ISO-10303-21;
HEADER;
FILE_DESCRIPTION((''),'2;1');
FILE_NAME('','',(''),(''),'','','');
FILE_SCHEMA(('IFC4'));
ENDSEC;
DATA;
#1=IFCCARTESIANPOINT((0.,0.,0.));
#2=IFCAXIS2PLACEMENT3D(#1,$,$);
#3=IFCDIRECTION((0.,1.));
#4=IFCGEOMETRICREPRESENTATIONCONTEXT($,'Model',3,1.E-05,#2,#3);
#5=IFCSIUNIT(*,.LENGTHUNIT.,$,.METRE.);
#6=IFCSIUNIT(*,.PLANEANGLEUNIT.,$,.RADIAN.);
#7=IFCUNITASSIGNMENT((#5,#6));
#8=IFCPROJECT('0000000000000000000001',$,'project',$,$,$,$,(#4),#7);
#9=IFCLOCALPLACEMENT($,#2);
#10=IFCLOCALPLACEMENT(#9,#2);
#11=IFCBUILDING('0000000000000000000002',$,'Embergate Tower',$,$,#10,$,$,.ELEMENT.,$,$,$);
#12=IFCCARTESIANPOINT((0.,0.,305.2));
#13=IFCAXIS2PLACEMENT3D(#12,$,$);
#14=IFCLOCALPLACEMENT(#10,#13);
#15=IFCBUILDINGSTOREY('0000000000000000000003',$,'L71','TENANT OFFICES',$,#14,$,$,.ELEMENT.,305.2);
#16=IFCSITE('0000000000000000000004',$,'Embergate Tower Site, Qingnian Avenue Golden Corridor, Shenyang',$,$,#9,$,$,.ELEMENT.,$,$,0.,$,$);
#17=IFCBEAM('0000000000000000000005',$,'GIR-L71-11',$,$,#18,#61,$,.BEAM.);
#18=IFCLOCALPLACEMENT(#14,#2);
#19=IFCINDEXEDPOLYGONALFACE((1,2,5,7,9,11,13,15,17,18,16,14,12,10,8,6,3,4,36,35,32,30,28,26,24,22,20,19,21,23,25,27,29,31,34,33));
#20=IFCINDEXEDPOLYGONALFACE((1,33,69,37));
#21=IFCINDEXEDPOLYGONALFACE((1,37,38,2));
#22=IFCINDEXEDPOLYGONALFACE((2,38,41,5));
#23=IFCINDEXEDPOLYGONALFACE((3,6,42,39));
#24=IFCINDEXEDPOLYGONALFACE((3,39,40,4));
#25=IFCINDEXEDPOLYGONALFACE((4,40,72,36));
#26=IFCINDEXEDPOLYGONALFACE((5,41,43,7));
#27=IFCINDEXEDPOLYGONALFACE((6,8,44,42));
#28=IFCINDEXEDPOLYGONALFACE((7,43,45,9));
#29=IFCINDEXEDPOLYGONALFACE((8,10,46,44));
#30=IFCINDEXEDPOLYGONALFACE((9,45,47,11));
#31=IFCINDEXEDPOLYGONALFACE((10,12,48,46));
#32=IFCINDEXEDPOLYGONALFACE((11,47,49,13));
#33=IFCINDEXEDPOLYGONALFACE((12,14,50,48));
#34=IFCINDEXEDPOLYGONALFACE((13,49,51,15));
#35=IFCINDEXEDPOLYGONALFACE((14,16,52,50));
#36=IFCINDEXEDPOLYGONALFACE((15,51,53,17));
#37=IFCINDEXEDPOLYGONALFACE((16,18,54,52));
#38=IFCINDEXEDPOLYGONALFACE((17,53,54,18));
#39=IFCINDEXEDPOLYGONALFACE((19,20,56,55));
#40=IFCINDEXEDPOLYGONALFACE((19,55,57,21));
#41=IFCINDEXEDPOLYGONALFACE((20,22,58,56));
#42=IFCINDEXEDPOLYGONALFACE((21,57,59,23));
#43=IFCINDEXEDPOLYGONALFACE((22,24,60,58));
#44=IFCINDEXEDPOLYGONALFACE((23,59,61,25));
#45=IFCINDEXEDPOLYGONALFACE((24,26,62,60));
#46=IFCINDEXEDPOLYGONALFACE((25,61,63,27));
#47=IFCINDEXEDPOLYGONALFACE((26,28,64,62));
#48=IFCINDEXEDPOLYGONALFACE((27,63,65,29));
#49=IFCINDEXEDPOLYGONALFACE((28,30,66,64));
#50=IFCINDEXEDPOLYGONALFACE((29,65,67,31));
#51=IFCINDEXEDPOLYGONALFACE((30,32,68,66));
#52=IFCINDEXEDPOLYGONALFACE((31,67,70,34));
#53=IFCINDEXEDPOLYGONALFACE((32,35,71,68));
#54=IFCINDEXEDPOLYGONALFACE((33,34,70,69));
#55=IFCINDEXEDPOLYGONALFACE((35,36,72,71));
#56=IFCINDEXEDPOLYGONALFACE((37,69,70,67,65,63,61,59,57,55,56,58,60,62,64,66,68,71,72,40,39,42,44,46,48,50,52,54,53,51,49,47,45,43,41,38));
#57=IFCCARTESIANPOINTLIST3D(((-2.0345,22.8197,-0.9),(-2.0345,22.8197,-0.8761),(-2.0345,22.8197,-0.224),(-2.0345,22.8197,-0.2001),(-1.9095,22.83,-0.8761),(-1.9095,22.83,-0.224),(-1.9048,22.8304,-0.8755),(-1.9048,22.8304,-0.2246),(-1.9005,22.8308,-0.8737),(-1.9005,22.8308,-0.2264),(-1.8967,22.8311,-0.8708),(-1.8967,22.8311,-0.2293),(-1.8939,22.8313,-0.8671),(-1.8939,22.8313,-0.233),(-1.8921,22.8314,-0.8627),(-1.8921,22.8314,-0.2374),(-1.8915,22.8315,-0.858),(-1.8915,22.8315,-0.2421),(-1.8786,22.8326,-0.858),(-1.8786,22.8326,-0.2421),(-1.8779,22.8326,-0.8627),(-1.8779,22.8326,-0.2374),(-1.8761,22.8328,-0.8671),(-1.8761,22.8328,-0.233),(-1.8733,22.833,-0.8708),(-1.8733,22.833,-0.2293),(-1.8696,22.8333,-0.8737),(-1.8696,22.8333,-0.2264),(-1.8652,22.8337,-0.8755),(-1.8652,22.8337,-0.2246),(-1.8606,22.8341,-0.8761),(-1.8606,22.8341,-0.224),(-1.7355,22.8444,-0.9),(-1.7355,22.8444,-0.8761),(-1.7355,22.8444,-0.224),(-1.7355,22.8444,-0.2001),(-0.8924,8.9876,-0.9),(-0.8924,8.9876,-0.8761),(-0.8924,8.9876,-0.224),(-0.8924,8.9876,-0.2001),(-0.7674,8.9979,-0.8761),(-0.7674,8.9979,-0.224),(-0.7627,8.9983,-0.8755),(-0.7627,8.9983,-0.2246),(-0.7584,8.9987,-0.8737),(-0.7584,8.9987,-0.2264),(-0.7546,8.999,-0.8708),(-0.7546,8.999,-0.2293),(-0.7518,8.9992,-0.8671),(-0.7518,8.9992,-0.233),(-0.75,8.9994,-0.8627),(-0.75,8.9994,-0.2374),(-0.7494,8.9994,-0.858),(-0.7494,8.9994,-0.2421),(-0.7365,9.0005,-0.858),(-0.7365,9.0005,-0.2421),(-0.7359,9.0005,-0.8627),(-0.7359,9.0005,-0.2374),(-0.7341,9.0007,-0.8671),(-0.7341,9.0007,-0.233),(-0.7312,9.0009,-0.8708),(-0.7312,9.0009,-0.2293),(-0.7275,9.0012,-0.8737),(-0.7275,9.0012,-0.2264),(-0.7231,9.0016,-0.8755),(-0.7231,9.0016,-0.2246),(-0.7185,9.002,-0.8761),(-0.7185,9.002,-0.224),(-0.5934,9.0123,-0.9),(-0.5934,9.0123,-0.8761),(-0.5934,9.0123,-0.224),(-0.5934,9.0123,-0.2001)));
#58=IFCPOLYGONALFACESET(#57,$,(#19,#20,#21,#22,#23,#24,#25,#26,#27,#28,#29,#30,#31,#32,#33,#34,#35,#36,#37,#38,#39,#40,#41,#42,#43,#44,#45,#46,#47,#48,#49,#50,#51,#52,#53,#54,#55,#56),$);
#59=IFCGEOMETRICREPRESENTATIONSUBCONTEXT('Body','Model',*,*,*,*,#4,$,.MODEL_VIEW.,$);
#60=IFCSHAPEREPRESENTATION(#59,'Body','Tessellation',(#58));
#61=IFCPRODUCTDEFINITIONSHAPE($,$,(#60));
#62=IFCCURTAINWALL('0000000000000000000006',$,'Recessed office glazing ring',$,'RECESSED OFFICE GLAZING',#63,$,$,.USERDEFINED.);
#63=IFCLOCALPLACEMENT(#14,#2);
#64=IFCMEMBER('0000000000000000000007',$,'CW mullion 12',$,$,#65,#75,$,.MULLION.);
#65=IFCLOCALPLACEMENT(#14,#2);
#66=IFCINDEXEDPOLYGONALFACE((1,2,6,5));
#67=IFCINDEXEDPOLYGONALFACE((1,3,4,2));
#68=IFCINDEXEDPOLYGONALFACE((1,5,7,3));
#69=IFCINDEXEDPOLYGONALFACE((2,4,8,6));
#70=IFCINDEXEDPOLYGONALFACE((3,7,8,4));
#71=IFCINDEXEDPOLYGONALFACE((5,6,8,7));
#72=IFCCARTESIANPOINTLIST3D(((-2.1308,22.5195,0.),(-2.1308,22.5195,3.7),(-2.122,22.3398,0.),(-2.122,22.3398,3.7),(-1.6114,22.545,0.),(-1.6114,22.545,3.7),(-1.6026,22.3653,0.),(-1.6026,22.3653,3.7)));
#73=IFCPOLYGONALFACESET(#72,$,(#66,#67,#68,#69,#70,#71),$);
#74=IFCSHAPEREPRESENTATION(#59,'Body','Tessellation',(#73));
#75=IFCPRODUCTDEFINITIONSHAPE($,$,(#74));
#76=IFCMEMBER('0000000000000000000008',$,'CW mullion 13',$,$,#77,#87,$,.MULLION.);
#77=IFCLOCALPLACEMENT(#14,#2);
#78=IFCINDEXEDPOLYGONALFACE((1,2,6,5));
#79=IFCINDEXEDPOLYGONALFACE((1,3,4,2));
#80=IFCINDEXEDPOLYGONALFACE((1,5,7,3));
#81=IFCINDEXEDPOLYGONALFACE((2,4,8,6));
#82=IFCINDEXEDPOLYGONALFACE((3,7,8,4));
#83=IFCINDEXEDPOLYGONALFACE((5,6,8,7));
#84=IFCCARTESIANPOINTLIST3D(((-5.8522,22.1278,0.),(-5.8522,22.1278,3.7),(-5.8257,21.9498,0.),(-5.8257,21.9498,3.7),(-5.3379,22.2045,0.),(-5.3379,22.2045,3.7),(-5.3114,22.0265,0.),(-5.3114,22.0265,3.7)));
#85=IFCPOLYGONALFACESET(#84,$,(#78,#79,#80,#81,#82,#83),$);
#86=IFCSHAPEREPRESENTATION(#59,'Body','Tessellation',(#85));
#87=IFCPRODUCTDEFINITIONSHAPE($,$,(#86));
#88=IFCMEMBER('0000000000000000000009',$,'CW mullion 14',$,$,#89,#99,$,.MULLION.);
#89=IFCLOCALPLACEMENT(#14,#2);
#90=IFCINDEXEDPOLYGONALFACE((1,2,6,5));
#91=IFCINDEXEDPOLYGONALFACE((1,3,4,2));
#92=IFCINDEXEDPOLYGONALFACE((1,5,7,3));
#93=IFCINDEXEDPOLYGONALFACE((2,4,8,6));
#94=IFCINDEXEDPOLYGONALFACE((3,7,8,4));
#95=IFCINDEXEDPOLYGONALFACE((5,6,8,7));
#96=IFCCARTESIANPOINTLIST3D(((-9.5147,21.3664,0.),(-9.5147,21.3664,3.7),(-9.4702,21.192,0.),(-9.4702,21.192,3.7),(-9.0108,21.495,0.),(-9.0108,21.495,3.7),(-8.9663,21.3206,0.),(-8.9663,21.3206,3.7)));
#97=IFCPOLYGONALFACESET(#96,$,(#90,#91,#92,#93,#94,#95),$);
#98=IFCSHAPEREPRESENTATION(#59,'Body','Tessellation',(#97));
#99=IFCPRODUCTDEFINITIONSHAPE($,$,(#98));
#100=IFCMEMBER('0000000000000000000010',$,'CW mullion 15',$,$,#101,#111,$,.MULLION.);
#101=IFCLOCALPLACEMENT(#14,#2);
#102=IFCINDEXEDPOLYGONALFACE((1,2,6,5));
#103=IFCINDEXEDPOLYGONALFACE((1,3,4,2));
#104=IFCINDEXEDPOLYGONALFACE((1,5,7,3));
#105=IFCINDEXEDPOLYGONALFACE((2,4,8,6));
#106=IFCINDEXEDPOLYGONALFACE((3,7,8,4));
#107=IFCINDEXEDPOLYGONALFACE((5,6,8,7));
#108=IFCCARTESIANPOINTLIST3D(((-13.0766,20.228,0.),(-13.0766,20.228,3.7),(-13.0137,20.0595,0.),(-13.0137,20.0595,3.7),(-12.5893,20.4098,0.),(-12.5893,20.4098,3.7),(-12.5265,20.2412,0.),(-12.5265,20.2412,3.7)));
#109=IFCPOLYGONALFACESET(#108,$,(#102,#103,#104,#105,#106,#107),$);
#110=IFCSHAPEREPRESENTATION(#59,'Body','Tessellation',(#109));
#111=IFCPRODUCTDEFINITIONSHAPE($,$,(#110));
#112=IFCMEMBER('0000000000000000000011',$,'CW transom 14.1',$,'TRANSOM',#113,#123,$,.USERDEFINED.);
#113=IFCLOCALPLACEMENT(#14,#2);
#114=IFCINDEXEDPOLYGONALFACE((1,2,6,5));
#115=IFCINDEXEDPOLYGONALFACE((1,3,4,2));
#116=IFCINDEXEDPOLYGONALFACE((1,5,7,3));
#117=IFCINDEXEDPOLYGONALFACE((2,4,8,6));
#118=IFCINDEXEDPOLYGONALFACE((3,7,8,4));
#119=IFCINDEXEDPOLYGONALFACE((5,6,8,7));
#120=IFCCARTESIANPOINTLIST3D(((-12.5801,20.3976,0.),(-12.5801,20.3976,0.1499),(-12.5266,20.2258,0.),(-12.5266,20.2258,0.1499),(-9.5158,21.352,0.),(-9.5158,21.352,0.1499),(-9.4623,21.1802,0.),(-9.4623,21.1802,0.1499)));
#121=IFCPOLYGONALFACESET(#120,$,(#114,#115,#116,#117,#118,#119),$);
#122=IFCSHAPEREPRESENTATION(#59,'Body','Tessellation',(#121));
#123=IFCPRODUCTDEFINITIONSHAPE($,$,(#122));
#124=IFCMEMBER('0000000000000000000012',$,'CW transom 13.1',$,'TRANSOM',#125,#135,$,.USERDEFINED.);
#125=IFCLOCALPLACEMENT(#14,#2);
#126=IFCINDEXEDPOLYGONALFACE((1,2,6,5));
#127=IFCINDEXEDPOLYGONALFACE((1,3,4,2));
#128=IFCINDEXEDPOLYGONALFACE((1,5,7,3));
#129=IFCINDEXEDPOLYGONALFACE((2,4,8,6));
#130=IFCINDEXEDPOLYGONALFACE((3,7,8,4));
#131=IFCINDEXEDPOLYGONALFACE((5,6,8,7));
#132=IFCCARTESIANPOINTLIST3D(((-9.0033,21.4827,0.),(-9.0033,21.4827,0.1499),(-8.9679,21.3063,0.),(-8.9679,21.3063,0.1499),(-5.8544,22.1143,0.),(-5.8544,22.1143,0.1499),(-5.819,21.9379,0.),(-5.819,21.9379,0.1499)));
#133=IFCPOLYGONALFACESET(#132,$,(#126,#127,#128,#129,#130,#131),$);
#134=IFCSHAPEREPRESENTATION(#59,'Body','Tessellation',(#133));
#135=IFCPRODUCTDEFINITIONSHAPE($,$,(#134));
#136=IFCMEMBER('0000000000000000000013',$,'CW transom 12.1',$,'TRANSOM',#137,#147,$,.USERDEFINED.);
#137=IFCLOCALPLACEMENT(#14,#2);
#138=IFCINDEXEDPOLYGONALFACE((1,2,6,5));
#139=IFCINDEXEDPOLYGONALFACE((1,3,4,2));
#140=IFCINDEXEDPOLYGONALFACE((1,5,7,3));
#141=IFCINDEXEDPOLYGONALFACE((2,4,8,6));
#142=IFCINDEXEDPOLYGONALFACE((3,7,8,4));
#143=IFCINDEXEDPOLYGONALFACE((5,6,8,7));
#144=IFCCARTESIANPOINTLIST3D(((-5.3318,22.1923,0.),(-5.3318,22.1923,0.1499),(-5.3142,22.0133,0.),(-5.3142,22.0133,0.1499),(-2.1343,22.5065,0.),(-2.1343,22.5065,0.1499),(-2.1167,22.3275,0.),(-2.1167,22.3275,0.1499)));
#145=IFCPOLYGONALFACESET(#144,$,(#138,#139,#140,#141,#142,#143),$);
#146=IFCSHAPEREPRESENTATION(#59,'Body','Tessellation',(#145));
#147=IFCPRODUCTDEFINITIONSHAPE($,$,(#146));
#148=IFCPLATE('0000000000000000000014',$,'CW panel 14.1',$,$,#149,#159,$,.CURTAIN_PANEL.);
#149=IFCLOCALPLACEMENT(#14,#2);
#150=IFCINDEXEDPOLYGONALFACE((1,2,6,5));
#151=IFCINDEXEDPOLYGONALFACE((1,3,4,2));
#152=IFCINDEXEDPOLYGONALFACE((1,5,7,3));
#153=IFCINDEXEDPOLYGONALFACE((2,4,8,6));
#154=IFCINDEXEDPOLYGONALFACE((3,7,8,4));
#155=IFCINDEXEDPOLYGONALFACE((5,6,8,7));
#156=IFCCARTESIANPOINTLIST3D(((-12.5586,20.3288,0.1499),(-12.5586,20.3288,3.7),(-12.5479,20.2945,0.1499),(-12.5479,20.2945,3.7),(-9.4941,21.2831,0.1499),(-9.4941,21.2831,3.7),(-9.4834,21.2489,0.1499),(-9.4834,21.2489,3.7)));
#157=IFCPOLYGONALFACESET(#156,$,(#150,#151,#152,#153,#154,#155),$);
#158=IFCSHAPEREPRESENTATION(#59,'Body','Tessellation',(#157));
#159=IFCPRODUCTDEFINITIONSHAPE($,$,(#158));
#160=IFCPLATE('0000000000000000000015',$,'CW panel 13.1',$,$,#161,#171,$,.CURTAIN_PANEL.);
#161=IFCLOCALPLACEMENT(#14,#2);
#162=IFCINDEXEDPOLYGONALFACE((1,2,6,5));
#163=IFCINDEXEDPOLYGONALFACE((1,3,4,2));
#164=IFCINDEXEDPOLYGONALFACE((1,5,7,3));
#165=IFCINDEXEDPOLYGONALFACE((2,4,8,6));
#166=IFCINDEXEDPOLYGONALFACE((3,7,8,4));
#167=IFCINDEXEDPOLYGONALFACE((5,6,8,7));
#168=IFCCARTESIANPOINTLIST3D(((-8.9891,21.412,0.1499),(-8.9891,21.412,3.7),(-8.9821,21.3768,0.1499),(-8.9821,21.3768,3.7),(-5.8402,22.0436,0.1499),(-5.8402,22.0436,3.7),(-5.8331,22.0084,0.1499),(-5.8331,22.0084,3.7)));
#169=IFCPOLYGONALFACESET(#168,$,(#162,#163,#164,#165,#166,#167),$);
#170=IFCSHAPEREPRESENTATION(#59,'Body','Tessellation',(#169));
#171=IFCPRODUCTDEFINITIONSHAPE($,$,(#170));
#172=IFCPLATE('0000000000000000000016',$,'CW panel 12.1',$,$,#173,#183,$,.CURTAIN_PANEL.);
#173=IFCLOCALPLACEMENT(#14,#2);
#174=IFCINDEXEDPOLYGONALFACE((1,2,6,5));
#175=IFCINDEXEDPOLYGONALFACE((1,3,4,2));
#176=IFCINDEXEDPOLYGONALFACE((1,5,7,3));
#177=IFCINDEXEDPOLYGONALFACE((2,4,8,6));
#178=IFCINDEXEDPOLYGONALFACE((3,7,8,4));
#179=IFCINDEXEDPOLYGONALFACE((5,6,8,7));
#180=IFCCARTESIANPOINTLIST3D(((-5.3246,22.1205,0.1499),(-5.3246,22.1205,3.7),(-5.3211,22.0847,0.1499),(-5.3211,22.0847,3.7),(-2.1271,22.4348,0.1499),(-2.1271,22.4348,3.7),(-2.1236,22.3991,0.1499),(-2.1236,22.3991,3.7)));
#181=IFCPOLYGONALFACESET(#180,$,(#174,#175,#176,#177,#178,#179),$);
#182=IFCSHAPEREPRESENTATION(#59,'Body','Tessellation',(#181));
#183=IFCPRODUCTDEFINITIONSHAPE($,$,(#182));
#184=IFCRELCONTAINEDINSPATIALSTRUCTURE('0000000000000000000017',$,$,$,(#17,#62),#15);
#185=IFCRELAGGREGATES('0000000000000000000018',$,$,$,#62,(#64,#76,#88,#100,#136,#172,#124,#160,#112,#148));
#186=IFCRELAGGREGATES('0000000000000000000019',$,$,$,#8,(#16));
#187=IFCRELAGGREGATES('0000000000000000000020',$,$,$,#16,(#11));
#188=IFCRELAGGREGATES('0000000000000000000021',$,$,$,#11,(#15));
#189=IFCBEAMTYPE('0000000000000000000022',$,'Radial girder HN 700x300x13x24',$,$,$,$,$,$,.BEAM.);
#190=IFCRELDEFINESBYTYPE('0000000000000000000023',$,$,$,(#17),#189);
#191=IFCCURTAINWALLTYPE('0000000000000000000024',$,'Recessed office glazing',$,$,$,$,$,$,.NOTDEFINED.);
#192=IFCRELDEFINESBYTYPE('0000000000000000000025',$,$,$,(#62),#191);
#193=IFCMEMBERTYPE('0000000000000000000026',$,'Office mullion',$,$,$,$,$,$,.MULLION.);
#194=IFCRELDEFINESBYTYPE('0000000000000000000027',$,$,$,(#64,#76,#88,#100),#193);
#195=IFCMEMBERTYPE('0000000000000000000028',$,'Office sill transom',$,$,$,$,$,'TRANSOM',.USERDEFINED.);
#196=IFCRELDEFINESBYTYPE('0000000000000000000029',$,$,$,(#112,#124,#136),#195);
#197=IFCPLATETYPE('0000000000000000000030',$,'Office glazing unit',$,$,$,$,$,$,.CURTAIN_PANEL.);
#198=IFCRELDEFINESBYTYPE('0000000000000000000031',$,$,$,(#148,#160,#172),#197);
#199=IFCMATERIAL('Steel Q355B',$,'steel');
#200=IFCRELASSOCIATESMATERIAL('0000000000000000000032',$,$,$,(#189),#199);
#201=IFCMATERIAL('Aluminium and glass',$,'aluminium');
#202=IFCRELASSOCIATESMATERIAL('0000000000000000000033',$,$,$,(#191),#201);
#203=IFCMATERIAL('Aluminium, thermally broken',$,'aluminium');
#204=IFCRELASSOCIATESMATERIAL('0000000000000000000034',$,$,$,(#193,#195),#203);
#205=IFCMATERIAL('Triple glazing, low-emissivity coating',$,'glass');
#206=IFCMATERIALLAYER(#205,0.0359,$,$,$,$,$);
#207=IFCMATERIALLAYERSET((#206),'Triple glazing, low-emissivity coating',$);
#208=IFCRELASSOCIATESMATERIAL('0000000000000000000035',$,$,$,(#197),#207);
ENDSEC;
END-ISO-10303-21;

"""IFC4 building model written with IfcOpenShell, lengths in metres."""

from ifc_helpers import new_model, si_unit, direction, frame, origin, origin_2d, place, context, subcontext, project, spatial, rectangle, i_section, extrude, source, transform, mapped, material, layer, layer_set, material_profile, profile_set, type_object, element, aggregate, save


model = new_model("IFC4")

# Units and contexts
model_context = context("Model", 3, precision=1e-05, world=origin(), true_north=direction((0.0, 1.0)))
body_context = subcontext(model_context, "Body", "Model", "MODEL_VIEW")
ifc_project = project(units=[si_unit("LENGTHUNIT", "METRE"), si_unit("PLANEANGLEUNIT", "RADIAN")], contexts=[model_context])

# Site, building, storey
site_placement = place(None, origin())
site = spatial("IfcSite", under=ifc_project, at=site_placement, Name="Embergate Tower Site, Qingnian Avenue Golden Corridor, Shenyang", CompositionType="ELEMENT", RefElevation=0.0)
building_placement = place(site_placement, origin())
building = spatial("IfcBuilding", under=site, at=building_placement, Name="Embergate Tower", CompositionType="ELEMENT")
storey_placement = place(building_placement, frame((0.0, 0.0, 305.2)))
storey = spatial("IfcBuildingStorey", under=building, at=storey_placement, Name="L71", Description="TENANT OFFICES", CompositionType="ELEMENT", Elevation=305.2)

# Beam
ifc_material_1 = material(Name="Steel Q355B", Category="steel")
ifc_material_profile_1 = material_profile(ifc_material_1, i_section(OverallWidth=0.3, OverallDepth=0.7, WebThickness=0.0129, FlangeThickness=0.0239, FilletRadius=0.0181, at=origin_2d()), Name="HN 700x300x13x24")
ifc_profile_set_1 = profile_set([ifc_material_profile_1], Name="Steel Q355 grade B")
beam_type_1 = type_object("IfcBeamType", Name="Radial girder HN 700x300x13x24", PredefinedType="BEAM", material=ifc_profile_set_1)
shared_shape_1 = source(origin(), body_context, "Body", "SweptSolid", [
    extrude(i_section(OverallWidth=0.3, OverallDepth=0.7, WebThickness=0.0129, FlangeThickness=0.0239, FilletRadius=0.0181, at=origin_2d()), origin(), (0.0, 0.0, 1.0), 13.8792),
])
beam_1_placement = place(storey_placement, frame((-1.885, 22.832, -0.55), z_axis=(0.082288, -0.996609, 0.0), x_axis=(0.996609, 0.082288, 0.0)))
element("IfcBeam", 1, at=beam_1_placement, inside=storey, type_object=beam_type_1, Name="GIR-L71-11", PredefinedType="BEAM", context=body_context, shape_type="MappedRepresentation", body=[
    mapped(shared_shape_1, transform((0.0, 0.0, 0.0))),
])

# Curtain wall, members, plates
ifc_material_2 = material(Name="Aluminium and glass", Category="aluminium")
curtain_wall_type = type_object("IfcCurtainWallType", Name="Recessed office glazing", PredefinedType="NOTDEFINED", material=ifc_material_2)
curtain_wall_placement = place(storey_placement, origin())
curtain_wall = element("IfcCurtainWall", 2, at=curtain_wall_placement, inside=storey, type_object=curtain_wall_type, Name="Recessed office glazing ring", ObjectType="RECESSED OFFICE GLAZING", PredefinedType="USERDEFINED")
ifc_material_3 = material(Name="Aluminium, thermally broken", Category="aluminium")
ifc_material_profile_2 = material_profile(ifc_material_3, rectangle(XDim=0.1799, YDim=0.52, at=origin_2d()), Name="AL 520x180")
ifc_profile_set_2 = profile_set([ifc_material_profile_2], Name="Aluminium, thermally broken")
member_type_1 = type_object("IfcMemberType", Name="Office mullion", PredefinedType="MULLION", material=ifc_profile_set_2)
shared_shape_2 = source(origin(), body_context, "Body", "SweptSolid", [
    extrude(rectangle(XDim=0.1799, YDim=0.52, at=origin_2d()), origin(), (0.0, 0.0, 1.0), 3.7),
])
member_1_placement = place(storey_placement, frame((-1.8667, 22.4424, 0.0), z_axis=(0.0, 0.0, 1.0), x_axis=(0.048972, -0.9988, 0.0)))
member_1 = element("IfcMember", 3, at=member_1_placement, type_object=member_type_1, Name="CW mullion 12", PredefinedType="MULLION", context=body_context, shape_type="MappedRepresentation", body=[
    mapped(shared_shape_2, transform((0.0, 0.0, 0.0))),
])
member_2_placement = place(storey_placement, frame((-5.5818, 22.0771, 0.0), z_axis=(0.0, 0.0, 1.0), x_axis=(0.147412, -0.989075, 0.0)))
member_2 = element("IfcMember", 4, at=member_2_placement, type_object=member_type_1, Name="CW mullion 13", PredefinedType="MULLION", context=body_context, shape_type="MappedRepresentation", body=[
    mapped(shared_shape_2, transform((0.0, 0.0, 0.0))),
])
member_3_placement = place(storey_placement, frame((-9.2405, 21.3435, 0.0), z_axis=(0.0, 0.0, 1.0), x_axis=(0.247312, -0.968936, 0.0)))
member_3 = element("IfcMember", 5, at=member_3_placement, type_object=member_type_1, Name="CW mullion 14", PredefinedType="MULLION", context=body_context, shape_type="MappedRepresentation", body=[
    mapped(shared_shape_2, transform((0.0, 0.0, 0.0))),
])
member_4_placement = place(storey_placement, frame((-12.8015, 20.2346, 0.0), z_axis=(0.0, 0.0, 1.0), x_axis=(0.349501, -0.936936, 0.0)))
member_4 = element("IfcMember", 6, at=member_4_placement, type_object=member_type_1, Name="CW mullion 15", PredefinedType="MULLION", context=body_context, shape_type="MappedRepresentation", body=[
    mapped(shared_shape_2, transform((0.0, 0.0, 0.0))),
])
ifc_material_profile_3 = material_profile(ifc_material_3, rectangle(XDim=0.1799, YDim=0.1499, at=origin_2d()), Name="AL 150x180")
ifc_profile_set_3 = profile_set([ifc_material_profile_3], Name="Aluminium, thermally broken")
member_type_2 = type_object("IfcMemberType", Name="Office sill transom", ElementType="TRANSOM", PredefinedType="USERDEFINED", material=ifc_profile_set_3)
shared_shape_3 = source(origin(), body_context, "Body", "SweptSolid", [
    extrude(rectangle(XDim=0.1799, YDim=0.1499, at=origin_2d()), origin(), (0.0, 0.0, 1.0), 3.2095),
])
member_5_placement = place(storey_placement, frame((-9.489, 21.2661, 0.075), z_axis=(-0.954765, -0.297361, 0.0), x_axis=(0.297361, -0.954765, 0.0)))
member_5 = element("IfcMember", 7, at=member_5_placement, type_object=member_type_2, Name="CW transom 14.1", ObjectType="TRANSOM", PredefinedType="USERDEFINED", context=body_context, shape_type="MappedRepresentation", body=[
    mapped(shared_shape_3, transform((0.0, 0.0, 0.0))),
])
shared_shape_4 = source(origin(), body_context, "Body", "SweptSolid", [
    extrude(rectangle(XDim=0.1799, YDim=0.1499, at=origin_2d()), origin(), (0.0, 0.0, 1.0), 3.2117),
])
member_6_placement = place(storey_placement, frame((-5.8367, 22.0261, 0.075), z_axis=(-0.980472, -0.196657, 0.0), x_axis=(0.196657, -0.980472, 0.0)))
member_6 = element("IfcMember", 8, at=member_6_placement, type_object=member_type_2, Name="CW transom 13.1", ObjectType="TRANSOM", PredefinedType="USERDEFINED", context=body_context, shape_type="MappedRepresentation", body=[
    mapped(shared_shape_4, transform((0.0, 0.0, 0.0))),
])
shared_shape_5 = source(origin(), body_context, "Body", "SweptSolid", [
    extrude(rectangle(XDim=0.1799, YDim=0.1499, at=origin_2d()), origin(), (0.0, 0.0, 1.0), 3.2129),
])
member_7_placement = place(storey_placement, frame((-2.1255, 22.417, 0.075), z_axis=(-0.995207, -0.097796, 0.0), x_axis=(0.097796, -0.995207, 0.0)))
member_7 = element("IfcMember", 9, at=member_7_placement, type_object=member_type_2, Name="CW transom 12.1", ObjectType="TRANSOM", PredefinedType="USERDEFINED", context=body_context, shape_type="MappedRepresentation", body=[
    mapped(shared_shape_5, transform((0.0, 0.0, 0.0))),
])
ifc_material_4 = material(Name="Triple glazing, low-emissivity coating", Category="glass")
ifc_layer_1 = layer(ifc_material_4, 0.0359)
ifc_layer_set_1 = layer_set([ifc_layer_1], Name="Triple glazing, low-emissivity coating")
plate_type = type_object("IfcPlateType", Name="Office glazing unit", PredefinedType="CURTAIN_PANEL", material=ifc_layer_set_1)
shared_shape_6 = source(origin(), body_context, "Body", "SweptSolid", [
    extrude(rectangle(XDim=3.2097, YDim=0.0359, at=origin_2d()), origin(), (0.0, 0.0, 1.0), 3.55),
])
plate_1_placement = place(storey_placement, frame((-11.021, 20.7888, 0.1499), z_axis=(0.0, 0.0, 1.0), x_axis=(-0.954771, -0.297342, 0.0)))
plate_1 = element("IfcPlate", 10, at=plate_1_placement, type_object=plate_type, Name="CW panel 14.1", PredefinedType="CURTAIN_PANEL", context=body_context, shape_type="MappedRepresentation", body=[
    mapped(shared_shape_6, transform((0.0, 0.0, 0.0))),
])
shared_shape_7 = source(origin(), body_context, "Body", "SweptSolid", [
    extrude(rectangle(XDim=3.2117, YDim=0.0359, at=origin_2d()), origin(), (0.0, 0.0, 1.0), 3.55),
])
plate_2_placement = place(storey_placement, frame((-7.4111, 21.7102, 0.1499), z_axis=(0.0, 0.0, 1.0), x_axis=(-0.980475, -0.196643, 0.0)))
plate_2 = element("IfcPlate", 11, at=plate_2_placement, type_object=plate_type, Name="CW panel 13.1", PredefinedType="CURTAIN_PANEL", context=body_context, shape_type="MappedRepresentation", body=[
    mapped(shared_shape_7, transform((0.0, 0.0, 0.0))),
])
shared_shape_8 = source(origin(), body_context, "Body", "SweptSolid", [
    extrude(rectangle(XDim=3.2129, YDim=0.0359, at=origin_2d()), origin(), (0.0, 0.0, 1.0), 3.55),
])
plate_3_placement = place(storey_placement, frame((-3.7241, 22.2598, 0.1499), z_axis=(0.0, 0.0, 1.0), x_axis=(-0.995203, -0.097831, 0.0)))
plate_3 = element("IfcPlate", 12, at=plate_3_placement, type_object=plate_type, Name="CW panel 12.1", PredefinedType="CURTAIN_PANEL", context=body_context, shape_type="MappedRepresentation", body=[
    mapped(shared_shape_8, transform((0.0, 0.0, 0.0))),
])
aggregate(curtain_wall, [member_1, member_2, member_3, member_4, member_7, plate_3, member_6, plate_2, member_5, plate_1])

save(model, "model.ifc")
